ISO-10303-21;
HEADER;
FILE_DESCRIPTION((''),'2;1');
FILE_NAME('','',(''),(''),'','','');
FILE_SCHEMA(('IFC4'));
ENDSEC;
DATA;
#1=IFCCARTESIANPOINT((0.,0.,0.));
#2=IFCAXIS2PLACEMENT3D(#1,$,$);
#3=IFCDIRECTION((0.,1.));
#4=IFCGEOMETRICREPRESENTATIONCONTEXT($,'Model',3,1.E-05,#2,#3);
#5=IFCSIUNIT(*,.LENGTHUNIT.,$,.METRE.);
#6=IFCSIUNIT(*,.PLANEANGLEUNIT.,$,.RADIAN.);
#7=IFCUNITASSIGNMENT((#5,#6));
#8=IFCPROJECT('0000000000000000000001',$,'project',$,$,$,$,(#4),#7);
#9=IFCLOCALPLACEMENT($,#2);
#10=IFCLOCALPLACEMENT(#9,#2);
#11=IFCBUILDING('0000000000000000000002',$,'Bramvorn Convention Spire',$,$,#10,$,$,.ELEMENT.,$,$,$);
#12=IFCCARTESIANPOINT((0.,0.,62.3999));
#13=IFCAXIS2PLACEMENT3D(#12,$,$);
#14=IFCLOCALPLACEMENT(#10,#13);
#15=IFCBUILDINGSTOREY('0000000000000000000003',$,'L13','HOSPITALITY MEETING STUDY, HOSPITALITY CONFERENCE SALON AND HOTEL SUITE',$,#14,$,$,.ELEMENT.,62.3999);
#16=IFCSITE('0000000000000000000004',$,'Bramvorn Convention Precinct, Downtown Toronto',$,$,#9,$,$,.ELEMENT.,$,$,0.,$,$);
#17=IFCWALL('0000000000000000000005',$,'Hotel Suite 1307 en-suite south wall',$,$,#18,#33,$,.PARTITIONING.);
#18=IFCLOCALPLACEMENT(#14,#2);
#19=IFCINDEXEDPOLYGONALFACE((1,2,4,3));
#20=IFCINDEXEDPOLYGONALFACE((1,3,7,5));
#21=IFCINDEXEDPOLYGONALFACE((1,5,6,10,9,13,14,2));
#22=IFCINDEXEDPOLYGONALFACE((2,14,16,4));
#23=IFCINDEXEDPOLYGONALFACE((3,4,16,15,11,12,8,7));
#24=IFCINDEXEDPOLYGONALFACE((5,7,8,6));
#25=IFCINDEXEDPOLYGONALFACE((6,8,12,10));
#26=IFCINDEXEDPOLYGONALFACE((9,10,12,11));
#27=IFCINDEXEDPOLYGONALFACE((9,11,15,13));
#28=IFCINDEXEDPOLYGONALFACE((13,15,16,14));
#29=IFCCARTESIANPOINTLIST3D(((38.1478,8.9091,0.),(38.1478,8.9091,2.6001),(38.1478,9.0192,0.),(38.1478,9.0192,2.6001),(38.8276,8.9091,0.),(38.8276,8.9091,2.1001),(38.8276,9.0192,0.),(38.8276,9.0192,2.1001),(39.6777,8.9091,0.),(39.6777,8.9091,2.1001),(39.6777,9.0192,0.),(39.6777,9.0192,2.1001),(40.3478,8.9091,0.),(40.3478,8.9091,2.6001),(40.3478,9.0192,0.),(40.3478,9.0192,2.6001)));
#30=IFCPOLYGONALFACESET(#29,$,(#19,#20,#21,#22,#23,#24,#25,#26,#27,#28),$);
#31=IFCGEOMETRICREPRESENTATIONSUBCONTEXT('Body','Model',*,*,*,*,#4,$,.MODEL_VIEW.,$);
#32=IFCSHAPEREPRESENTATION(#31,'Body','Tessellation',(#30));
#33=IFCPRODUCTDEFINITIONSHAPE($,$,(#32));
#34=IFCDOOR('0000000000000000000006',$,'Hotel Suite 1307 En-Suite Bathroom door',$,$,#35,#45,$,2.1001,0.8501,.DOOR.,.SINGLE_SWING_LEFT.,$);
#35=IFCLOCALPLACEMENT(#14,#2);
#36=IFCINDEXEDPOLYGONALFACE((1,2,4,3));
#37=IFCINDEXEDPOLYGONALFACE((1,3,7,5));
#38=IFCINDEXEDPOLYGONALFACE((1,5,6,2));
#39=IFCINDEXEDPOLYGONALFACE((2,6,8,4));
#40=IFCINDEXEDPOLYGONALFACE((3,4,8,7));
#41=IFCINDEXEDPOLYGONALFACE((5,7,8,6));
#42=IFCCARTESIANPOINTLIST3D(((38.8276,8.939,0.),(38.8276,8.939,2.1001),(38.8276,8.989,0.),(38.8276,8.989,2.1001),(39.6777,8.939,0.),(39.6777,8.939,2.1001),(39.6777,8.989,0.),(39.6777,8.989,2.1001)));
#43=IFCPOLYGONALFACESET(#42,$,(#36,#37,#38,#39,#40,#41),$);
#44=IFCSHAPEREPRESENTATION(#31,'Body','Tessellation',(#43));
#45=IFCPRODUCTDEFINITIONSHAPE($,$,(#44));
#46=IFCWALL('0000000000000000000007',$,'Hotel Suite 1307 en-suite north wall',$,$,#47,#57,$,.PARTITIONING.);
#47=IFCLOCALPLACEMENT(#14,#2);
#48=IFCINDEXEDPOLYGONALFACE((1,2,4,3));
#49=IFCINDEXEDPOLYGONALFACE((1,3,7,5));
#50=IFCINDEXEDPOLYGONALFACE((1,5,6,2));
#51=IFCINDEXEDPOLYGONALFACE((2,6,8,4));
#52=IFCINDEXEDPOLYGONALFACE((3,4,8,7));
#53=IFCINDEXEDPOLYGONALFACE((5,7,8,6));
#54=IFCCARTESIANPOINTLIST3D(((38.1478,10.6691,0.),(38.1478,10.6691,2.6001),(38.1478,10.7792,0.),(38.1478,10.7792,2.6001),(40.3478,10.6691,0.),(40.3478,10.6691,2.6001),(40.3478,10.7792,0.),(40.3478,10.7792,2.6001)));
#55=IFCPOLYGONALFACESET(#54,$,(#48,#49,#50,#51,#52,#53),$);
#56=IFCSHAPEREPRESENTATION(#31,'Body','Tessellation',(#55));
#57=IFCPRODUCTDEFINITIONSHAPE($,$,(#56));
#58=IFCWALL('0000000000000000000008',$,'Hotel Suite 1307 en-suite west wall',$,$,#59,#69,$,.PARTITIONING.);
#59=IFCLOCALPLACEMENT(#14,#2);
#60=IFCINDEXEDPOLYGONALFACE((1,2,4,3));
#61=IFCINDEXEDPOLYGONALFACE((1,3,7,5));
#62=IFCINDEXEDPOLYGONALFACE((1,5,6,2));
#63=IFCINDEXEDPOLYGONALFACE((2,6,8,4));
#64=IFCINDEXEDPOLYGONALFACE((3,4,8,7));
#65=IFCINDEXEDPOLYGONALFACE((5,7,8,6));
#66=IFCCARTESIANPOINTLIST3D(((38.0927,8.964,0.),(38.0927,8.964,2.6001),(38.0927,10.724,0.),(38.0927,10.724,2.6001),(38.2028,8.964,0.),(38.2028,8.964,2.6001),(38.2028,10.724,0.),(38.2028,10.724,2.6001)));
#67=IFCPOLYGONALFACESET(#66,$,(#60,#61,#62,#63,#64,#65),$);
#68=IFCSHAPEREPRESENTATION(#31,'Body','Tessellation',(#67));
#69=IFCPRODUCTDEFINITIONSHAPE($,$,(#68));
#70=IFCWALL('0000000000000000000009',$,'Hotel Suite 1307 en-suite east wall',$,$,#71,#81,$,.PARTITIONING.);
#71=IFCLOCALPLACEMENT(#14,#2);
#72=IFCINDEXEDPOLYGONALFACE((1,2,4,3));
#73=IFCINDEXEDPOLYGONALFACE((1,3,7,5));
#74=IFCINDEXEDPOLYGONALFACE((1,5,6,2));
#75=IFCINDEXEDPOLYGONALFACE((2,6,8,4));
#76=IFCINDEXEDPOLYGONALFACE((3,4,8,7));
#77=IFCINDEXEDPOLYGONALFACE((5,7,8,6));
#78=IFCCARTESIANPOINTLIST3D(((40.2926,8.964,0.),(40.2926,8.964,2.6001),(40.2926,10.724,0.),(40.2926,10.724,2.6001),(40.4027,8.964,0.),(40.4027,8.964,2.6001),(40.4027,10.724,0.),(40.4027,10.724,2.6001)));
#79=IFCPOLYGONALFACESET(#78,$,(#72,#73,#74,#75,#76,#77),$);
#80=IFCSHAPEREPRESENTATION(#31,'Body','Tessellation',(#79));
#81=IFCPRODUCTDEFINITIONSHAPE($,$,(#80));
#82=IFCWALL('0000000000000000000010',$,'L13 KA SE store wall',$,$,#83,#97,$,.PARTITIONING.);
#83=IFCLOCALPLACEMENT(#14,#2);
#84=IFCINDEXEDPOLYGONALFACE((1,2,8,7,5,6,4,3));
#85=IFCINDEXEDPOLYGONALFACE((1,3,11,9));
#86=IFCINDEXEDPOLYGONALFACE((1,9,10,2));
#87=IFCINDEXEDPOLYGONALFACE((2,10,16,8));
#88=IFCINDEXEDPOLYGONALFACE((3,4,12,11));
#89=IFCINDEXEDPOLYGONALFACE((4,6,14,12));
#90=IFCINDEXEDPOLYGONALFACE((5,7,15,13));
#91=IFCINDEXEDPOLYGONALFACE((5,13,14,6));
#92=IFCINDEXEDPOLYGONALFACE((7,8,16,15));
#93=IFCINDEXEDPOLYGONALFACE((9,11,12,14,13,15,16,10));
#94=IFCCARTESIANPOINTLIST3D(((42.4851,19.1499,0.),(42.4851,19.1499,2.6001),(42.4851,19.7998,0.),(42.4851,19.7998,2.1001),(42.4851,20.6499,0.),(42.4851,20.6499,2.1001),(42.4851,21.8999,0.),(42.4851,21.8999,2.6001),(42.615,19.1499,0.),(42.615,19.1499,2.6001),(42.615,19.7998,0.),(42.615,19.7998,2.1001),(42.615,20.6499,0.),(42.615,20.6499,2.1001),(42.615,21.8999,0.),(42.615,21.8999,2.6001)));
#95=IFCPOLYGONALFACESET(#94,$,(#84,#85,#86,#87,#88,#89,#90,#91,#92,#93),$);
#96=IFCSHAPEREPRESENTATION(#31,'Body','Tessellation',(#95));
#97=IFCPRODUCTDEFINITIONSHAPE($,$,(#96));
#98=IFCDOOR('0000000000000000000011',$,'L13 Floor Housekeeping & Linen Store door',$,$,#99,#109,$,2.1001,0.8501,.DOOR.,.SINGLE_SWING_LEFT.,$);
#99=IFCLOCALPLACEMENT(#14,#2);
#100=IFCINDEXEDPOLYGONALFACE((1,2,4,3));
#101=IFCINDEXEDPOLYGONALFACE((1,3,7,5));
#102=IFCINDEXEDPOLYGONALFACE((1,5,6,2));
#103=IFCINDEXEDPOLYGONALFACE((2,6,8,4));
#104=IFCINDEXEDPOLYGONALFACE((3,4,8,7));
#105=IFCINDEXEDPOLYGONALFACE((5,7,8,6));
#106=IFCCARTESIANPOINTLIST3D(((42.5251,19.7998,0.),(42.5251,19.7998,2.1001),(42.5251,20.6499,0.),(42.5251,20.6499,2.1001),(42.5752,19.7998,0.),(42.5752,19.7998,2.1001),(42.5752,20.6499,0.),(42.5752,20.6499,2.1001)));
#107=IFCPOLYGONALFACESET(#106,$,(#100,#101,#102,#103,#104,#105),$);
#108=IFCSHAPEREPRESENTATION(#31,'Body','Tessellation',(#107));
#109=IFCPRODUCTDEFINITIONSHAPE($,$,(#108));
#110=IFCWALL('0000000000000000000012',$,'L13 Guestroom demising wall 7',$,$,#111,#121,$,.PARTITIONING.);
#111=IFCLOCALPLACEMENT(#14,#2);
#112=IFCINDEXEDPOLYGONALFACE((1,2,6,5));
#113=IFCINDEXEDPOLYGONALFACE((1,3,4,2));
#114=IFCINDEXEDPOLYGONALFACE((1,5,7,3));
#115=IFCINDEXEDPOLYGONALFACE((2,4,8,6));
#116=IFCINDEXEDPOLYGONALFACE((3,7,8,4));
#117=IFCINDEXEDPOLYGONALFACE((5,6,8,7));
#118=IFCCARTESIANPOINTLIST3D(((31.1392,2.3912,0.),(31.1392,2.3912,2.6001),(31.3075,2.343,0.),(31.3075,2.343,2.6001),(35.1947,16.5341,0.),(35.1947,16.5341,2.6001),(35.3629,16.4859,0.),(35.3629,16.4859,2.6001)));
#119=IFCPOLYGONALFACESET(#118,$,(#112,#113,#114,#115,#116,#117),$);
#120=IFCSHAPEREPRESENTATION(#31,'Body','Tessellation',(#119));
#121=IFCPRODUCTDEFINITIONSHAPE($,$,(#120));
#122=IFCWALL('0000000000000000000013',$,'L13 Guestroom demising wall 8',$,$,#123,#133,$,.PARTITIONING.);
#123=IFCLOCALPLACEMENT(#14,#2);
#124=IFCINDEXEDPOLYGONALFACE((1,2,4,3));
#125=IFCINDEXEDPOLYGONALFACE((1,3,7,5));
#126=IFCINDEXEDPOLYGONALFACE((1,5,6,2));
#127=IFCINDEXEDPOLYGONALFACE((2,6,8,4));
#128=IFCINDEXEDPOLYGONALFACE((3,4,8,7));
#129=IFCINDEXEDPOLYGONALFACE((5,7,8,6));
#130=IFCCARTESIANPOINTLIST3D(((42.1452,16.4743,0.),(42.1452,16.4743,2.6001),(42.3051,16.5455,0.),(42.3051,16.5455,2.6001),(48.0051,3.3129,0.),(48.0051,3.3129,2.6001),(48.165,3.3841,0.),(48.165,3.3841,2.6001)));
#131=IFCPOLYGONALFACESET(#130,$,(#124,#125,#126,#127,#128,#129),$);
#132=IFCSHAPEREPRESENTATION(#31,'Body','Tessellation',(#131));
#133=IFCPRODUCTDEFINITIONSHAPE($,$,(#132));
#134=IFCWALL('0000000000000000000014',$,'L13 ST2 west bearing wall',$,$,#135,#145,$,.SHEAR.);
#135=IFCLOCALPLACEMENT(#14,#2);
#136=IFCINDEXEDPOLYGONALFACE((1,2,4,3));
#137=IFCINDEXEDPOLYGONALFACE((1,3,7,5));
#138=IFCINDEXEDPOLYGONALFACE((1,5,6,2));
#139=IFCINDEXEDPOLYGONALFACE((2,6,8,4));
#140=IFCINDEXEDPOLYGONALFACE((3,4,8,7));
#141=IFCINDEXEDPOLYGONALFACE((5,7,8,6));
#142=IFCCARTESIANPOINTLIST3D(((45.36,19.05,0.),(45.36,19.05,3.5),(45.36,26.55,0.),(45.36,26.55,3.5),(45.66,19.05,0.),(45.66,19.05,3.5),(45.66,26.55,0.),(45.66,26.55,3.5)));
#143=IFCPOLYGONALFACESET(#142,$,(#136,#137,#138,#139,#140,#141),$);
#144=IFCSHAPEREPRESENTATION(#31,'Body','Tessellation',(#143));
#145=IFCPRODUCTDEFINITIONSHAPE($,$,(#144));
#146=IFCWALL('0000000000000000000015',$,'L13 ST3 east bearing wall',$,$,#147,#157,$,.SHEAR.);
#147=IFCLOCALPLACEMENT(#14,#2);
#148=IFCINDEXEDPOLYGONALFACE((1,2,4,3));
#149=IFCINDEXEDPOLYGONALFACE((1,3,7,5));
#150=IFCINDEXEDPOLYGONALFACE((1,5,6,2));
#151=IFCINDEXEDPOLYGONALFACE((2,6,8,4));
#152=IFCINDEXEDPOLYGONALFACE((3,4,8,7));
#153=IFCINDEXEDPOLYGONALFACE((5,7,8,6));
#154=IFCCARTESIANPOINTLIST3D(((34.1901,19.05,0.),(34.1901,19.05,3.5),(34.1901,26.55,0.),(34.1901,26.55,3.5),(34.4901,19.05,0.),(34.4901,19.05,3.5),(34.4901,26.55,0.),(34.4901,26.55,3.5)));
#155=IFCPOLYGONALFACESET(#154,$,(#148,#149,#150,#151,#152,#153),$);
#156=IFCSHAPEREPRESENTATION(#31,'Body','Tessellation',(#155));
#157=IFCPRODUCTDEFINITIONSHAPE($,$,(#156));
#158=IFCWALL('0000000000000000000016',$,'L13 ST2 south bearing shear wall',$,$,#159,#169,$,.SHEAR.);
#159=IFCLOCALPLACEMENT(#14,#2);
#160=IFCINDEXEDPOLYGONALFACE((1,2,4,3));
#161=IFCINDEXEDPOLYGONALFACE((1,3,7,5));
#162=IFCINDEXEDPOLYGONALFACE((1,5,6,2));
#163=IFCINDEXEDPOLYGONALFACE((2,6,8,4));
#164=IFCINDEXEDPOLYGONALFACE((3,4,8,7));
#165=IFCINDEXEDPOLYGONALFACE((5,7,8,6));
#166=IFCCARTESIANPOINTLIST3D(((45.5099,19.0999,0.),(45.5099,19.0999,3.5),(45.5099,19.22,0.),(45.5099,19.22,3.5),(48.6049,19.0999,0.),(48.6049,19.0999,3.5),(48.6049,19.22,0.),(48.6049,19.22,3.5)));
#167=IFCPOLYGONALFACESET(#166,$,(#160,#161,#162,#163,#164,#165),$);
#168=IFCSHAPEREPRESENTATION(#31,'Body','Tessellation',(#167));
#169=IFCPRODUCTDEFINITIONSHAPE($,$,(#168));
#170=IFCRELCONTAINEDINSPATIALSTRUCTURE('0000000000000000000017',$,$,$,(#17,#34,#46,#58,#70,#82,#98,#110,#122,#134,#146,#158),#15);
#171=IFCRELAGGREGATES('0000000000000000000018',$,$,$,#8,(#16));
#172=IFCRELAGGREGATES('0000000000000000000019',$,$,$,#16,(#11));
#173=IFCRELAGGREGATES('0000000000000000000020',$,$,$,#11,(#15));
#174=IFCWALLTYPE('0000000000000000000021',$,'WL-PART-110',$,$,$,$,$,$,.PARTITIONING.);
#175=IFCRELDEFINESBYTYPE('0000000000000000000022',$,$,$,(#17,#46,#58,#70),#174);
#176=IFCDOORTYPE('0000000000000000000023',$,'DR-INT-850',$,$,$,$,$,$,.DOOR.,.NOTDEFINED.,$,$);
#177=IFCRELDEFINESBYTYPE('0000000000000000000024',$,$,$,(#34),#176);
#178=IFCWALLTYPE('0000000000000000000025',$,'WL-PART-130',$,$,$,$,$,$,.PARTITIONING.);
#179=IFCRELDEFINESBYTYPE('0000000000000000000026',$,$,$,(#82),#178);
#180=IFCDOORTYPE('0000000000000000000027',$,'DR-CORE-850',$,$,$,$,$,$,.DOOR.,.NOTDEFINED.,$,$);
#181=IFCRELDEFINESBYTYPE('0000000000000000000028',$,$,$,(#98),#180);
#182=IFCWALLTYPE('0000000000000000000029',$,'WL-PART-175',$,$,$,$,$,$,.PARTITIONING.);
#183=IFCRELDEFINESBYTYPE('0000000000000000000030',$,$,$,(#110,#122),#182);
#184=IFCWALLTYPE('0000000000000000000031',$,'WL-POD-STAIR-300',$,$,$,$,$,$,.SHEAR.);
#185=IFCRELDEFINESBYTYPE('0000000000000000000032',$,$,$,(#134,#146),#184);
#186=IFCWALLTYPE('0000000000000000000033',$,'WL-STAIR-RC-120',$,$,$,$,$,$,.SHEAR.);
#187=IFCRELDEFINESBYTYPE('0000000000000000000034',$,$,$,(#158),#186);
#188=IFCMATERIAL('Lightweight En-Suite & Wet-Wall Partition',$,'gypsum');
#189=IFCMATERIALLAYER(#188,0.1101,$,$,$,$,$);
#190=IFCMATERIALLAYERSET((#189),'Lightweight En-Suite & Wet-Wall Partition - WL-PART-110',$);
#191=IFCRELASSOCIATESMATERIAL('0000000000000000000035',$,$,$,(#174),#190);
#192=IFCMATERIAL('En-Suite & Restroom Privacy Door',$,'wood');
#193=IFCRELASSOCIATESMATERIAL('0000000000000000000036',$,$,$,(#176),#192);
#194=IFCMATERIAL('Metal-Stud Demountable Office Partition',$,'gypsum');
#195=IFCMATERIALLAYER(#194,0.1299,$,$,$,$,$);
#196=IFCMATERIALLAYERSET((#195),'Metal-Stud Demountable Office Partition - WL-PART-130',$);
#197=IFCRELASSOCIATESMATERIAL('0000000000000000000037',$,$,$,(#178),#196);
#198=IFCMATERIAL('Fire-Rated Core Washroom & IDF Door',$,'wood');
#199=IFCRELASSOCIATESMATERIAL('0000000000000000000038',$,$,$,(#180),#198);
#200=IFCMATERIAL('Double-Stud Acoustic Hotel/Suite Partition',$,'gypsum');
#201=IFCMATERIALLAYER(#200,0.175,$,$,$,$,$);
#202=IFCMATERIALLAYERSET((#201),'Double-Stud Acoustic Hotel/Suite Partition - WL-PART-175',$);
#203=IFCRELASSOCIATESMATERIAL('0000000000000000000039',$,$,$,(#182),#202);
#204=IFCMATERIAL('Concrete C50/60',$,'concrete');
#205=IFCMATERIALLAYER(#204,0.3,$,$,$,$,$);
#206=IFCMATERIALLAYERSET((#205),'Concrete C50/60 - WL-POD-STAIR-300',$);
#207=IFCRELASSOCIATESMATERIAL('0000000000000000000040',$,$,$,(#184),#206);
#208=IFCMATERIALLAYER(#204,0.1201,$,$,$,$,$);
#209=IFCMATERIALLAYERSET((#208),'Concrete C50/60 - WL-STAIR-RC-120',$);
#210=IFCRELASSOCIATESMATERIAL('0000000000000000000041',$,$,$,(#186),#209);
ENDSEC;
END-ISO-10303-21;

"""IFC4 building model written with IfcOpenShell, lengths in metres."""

from ifc_helpers import new_model, si_unit, direction, frame, frame_2d, origin, place, context, subcontext, project, spatial, rectangle, extrude, material, layer, layer_set, type_object, element, fill, save


model = new_model("IFC4")

# Units and contexts
model_context = context("Model", 3, precision=1e-05, world=origin(), true_north=direction((0.0, 1.0)))
body_context = subcontext(model_context, "Body", "Model", "MODEL_VIEW")
ifc_project = project(units=[si_unit("LENGTHUNIT", "METRE"), si_unit("PLANEANGLEUNIT", "RADIAN")], contexts=[model_context])

# Site, building, storey
site_placement = place(None, origin())
site = spatial("IfcSite", under=ifc_project, at=site_placement, Name="Bramvorn Convention Precinct, Downtown Toronto", CompositionType="ELEMENT", RefElevation=0.0)
building_placement = place(site_placement, origin())
building = spatial("IfcBuilding", under=site, at=building_placement, Name="Bramvorn Convention Spire", CompositionType="ELEMENT")
storey_placement = place(building_placement, frame((0.0, 0.0, 62.3999)))
storey = spatial("IfcBuildingStorey", under=building, at=storey_placement, Name="L13", Description="HOSPITALITY MEETING STUDY, HOSPITALITY CONFERENCE SALON AND HOTEL SUITE", CompositionType="ELEMENT", Elevation=62.3999)

# Shared definitions
ifc_material_1 = material(Name="Concrete C50/60", Category="concrete")

# Wall, opening, door
ifc_material_2 = material(Name="Lightweight En-Suite & Wet-Wall Partition", Category="gypsum")
ifc_layer_1 = layer(ifc_material_2, 0.1101)
ifc_layer_set_1 = layer_set([ifc_layer_1], Name="Lightweight En-Suite & Wet-Wall Partition - WL-PART-110")
wall_type_1 = type_object("IfcWallType", Name="WL-PART-110", PredefinedType="PARTITIONING", material=ifc_layer_set_1)
wall_1_placement = place(storey_placement, frame((38.1477, 8.9641, 0.0), z_axis=(0.0, 0.0, 1.0), x_axis=(1.0, 0.0, 0.0)))
wall_1 = element("IfcWall", 1, at=wall_1_placement, inside=storey, type_object=wall_type_1, Name="Hotel Suite 1307 en-suite south wall", PredefinedType="PARTITIONING", context=body_context, shape_type="SweptSolid", body=[
    extrude(rectangle(XDim=2.2, YDim=0.1101, at=frame_2d((1.1001, 0.0))), origin(), (0.0, 0.0, 1.0), 2.6001),
])
opening_1_placement = place(wall_1_placement, frame((0.6799, 0.0, 0.0)))
opening_1 = element("IfcOpeningElement", 2, at=opening_1_placement, cuts=wall_1, PredefinedType="OPENING", context=body_context, shape_type="SweptSolid", body=[
    extrude(rectangle(XDim=0.8501, YDim=2.1001, at=frame_2d((0.425, 1.05))), frame((0.0, 0.0649, 0.0), z_axis=(0.0, -1.0, 0.0), x_axis=(1.0, 0.0, 0.0)), (0.0, 0.0, 1.0), 0.1301),
])
ifc_material_3 = material(Name="En-Suite & Restroom Privacy Door", Category="wood")
door_type_1 = type_object("IfcDoorType", Name="DR-INT-850", OperationType="NOTDEFINED", PredefinedType="DOOR", material=ifc_material_3)
door_1_placement = place(opening_1_placement, origin())
door_1 = element("IfcDoor", 3, at=door_1_placement, inside=storey, type_object=door_type_1, Name="Hotel Suite 1307 En-Suite Bathroom door", OperationType="SINGLE_SWING_LEFT", OverallHeight=2.1001, OverallWidth=0.8501, PredefinedType="DOOR", context=body_context, shape_type="SweptSolid", body=[
    extrude(rectangle(XDim=0.8501, YDim=2.1001, at=frame_2d((0.425, 1.05))), frame((0.0, 0.0249, 0.0), z_axis=(0.0, -1.0, 0.0), x_axis=(1.0, 0.0, 0.0)), (0.0, 0.0, 1.0), 0.05),
])
fill(opening_1, door_1)

# Walls
wall_2_placement = place(storey_placement, frame((38.1477, 10.7241, 0.0), z_axis=(0.0, 0.0, 1.0), x_axis=(1.0, 0.0, 0.0)))
element("IfcWall", 4, at=wall_2_placement, inside=storey, type_object=wall_type_1, Name="Hotel Suite 1307 en-suite north wall", PredefinedType="PARTITIONING", context=body_context, shape_type="SweptSolid", body=[
    extrude(rectangle(XDim=2.2, YDim=0.1101, at=frame_2d((1.1001, 0.0))), origin(), (0.0, 0.0, 1.0), 2.6001),
])
for number, where, z_axis, x_axis, name in (
    (5, (38.1477, 8.9641, 0.0), (0.0, 0.0, 1.0), (0.0, 1.0, 0.0), "Hotel Suite 1307 en-suite west wall"),
    (6, (40.3477, 8.9641, 0.0), (0.0, 0.0, 1.0), (0.0, 1.0, 0.0), "Hotel Suite 1307 en-suite east wall"),
):
    element("IfcWall", number, at=place(storey_placement, frame(where, z_axis=z_axis, x_axis=x_axis)), inside=storey, type_object=wall_type_1, Name=name, PredefinedType="PARTITIONING", context=body_context, shape_type="SweptSolid", body=[
        extrude(rectangle(XDim=1.76, YDim=0.1101, at=frame_2d((0.8799, 0.0))), origin(), (0.0, 0.0, 1.0), 2.6001),
    ])

# Wall, opening, door
ifc_material_4 = material(Name="Metal-Stud Demountable Office Partition", Category="gypsum")
ifc_layer_2 = layer(ifc_material_4, 0.1299)
ifc_layer_set_2 = layer_set([ifc_layer_2], Name="Metal-Stud Demountable Office Partition - WL-PART-130")
wall_type_2 = type_object("IfcWallType", Name="WL-PART-130", PredefinedType="PARTITIONING", material=ifc_layer_set_2)
wall_3_placement = place(storey_placement, frame((42.55, 19.1499, 0.0), z_axis=(0.0, 0.0, 1.0), x_axis=(0.0, 1.0, 0.0)))
wall_3 = element("IfcWall", 7, at=wall_3_placement, inside=storey, type_object=wall_type_2, Name="L13 KA SE store wall", PredefinedType="PARTITIONING", context=body_context, shape_type="SweptSolid", body=[
    extrude(rectangle(XDim=2.75, YDim=0.1299, at=frame_2d((1.375, 0.0))), origin(), (0.0, 0.0, 1.0), 2.6001),
])
opening_2_placement = place(wall_3_placement, frame((0.6499, 0.0, 0.0)))
opening_2 = element("IfcOpeningElement", 8, at=opening_2_placement, cuts=wall_3, PredefinedType="OPENING", context=body_context, shape_type="SweptSolid", body=[
    extrude(rectangle(XDim=0.8501, YDim=2.1001, at=frame_2d((0.425, 1.05))), frame((0.0, 0.075, 0.0), z_axis=(0.0, -1.0, 0.0), x_axis=(1.0, 0.0, 0.0)), (0.0, 0.0, 1.0), 0.1499),
])
ifc_material_5 = material(Name="Fire-Rated Core Washroom & IDF Door", Category="wood")
door_type_2 = type_object("IfcDoorType", Name="DR-CORE-850", OperationType="NOTDEFINED", PredefinedType="DOOR", material=ifc_material_5)
door_2_placement = place(opening_2_placement, origin())
door_2 = element("IfcDoor", 9, at=door_2_placement, inside=storey, type_object=door_type_2, Name="L13 Floor Housekeeping & Linen Store door", OperationType="SINGLE_SWING_LEFT", OverallHeight=2.1001, OverallWidth=0.8501, PredefinedType="DOOR", context=body_context, shape_type="SweptSolid", body=[
    extrude(rectangle(XDim=0.8501, YDim=2.1001, at=frame_2d((0.425, 1.05))), frame((0.0, 0.0249, 0.0), z_axis=(0.0, -1.0, 0.0), x_axis=(1.0, 0.0, 0.0)), (0.0, 0.0, 1.0), 0.05),
])
fill(opening_2, door_2)

# Walls
ifc_material_6 = material(Name="Double-Stud Acoustic Hotel/Suite Partition", Category="gypsum")
ifc_layer_3 = layer(ifc_material_6, 0.175)
ifc_layer_set_3 = layer_set([ifc_layer_3], Name="Double-Stud Acoustic Hotel/Suite Partition - WL-PART-175")
wall_type_3 = type_object("IfcWallType", Name="WL-PART-175", PredefinedType="PARTITIONING", material=ifc_layer_set_3)
wall_4_placement = place(storey_placement, frame((35.2788, 16.51, 0.0), z_axis=(0.0, 0.0, 1.0), x_axis=(-0.275639, -0.961261, 0.0)))
element("IfcWall", 10, at=wall_4_placement, inside=storey, type_object=wall_type_3, Name="L13 Guestroom demising wall 7", PredefinedType="PARTITIONING", context=body_context, shape_type="SweptSolid", body=[
    extrude(rectangle(XDim=14.7129, YDim=0.175, at=frame_2d((7.3564, 0.0))), origin(), (0.0, 0.0, 1.0), 2.6001),
])
wall_5_placement = place(storey_placement, frame((42.2251, 16.51, 0.0), z_axis=(0.0, 0.0, 1.0), x_axis=(0.406739, -0.913544, 0.0)))
element("IfcWall", 11, at=wall_5_placement, inside=storey, type_object=wall_type_3, Name="L13 Guestroom demising wall 8", PredefinedType="PARTITIONING", context=body_context, shape_type="SweptSolid", body=[
    extrude(rectangle(XDim=14.407, YDim=0.175, at=frame_2d((7.2036, 0.0))), origin(), (0.0, 0.0, 1.0), 2.6001),
])
ifc_layer_4 = layer(ifc_material_1, 0.3)
ifc_layer_set_4 = layer_set([ifc_layer_4], Name="Concrete C50/60 - WL-POD-STAIR-300")
wall_type_4 = type_object("IfcWallType", Name="WL-POD-STAIR-300", PredefinedType="SHEAR", material=ifc_layer_set_4)
for number, where, z_axis, x_axis, name in (
    (12, (45.51, 19.05, 0.0), (0.0, 0.0, 1.0), (0.0, 1.0, 0.0), "L13 ST2 west bearing wall"),
    (13, (34.3401, 19.05, 0.0), (0.0, 0.0, 1.0), (0.0, 1.0, 0.0), "L13 ST3 east bearing wall"),
):
    element("IfcWall", number, at=place(storey_placement, frame(where, z_axis=z_axis, x_axis=x_axis)), inside=storey, type_object=wall_type_4, Name=name, PredefinedType="SHEAR", context=body_context, shape_type="SweptSolid", body=[
        extrude(rectangle(XDim=7.5, YDim=0.3, at=frame_2d((3.75, 0.0))), origin(), (0.0, 0.0, 1.0), 3.5),
    ])
ifc_layer_5 = layer(ifc_material_1, 0.1201)
ifc_layer_set_5 = layer_set([ifc_layer_5], Name="Concrete C50/60 - WL-STAIR-RC-120")
wall_type_5 = type_object("IfcWallType", Name="WL-STAIR-RC-120", PredefinedType="SHEAR", material=ifc_layer_set_5)
wall_6_placement = place(storey_placement, frame((45.51, 19.1599, 0.0), z_axis=(0.0, 0.0, 1.0), x_axis=(1.0, 0.0, 0.0)))
element("IfcWall", 14, at=wall_6_placement, inside=storey, type_object=wall_type_5, Name="L13 ST2 south bearing shear wall", PredefinedType="SHEAR", context=body_context, shape_type="SweptSolid", body=[
    extrude(rectangle(XDim=3.095, YDim=0.1201, at=frame_2d((1.5474, 0.0))), origin(), (0.0, 0.0, 1.0), 3.5),
])

save(model, "model.ifc")
